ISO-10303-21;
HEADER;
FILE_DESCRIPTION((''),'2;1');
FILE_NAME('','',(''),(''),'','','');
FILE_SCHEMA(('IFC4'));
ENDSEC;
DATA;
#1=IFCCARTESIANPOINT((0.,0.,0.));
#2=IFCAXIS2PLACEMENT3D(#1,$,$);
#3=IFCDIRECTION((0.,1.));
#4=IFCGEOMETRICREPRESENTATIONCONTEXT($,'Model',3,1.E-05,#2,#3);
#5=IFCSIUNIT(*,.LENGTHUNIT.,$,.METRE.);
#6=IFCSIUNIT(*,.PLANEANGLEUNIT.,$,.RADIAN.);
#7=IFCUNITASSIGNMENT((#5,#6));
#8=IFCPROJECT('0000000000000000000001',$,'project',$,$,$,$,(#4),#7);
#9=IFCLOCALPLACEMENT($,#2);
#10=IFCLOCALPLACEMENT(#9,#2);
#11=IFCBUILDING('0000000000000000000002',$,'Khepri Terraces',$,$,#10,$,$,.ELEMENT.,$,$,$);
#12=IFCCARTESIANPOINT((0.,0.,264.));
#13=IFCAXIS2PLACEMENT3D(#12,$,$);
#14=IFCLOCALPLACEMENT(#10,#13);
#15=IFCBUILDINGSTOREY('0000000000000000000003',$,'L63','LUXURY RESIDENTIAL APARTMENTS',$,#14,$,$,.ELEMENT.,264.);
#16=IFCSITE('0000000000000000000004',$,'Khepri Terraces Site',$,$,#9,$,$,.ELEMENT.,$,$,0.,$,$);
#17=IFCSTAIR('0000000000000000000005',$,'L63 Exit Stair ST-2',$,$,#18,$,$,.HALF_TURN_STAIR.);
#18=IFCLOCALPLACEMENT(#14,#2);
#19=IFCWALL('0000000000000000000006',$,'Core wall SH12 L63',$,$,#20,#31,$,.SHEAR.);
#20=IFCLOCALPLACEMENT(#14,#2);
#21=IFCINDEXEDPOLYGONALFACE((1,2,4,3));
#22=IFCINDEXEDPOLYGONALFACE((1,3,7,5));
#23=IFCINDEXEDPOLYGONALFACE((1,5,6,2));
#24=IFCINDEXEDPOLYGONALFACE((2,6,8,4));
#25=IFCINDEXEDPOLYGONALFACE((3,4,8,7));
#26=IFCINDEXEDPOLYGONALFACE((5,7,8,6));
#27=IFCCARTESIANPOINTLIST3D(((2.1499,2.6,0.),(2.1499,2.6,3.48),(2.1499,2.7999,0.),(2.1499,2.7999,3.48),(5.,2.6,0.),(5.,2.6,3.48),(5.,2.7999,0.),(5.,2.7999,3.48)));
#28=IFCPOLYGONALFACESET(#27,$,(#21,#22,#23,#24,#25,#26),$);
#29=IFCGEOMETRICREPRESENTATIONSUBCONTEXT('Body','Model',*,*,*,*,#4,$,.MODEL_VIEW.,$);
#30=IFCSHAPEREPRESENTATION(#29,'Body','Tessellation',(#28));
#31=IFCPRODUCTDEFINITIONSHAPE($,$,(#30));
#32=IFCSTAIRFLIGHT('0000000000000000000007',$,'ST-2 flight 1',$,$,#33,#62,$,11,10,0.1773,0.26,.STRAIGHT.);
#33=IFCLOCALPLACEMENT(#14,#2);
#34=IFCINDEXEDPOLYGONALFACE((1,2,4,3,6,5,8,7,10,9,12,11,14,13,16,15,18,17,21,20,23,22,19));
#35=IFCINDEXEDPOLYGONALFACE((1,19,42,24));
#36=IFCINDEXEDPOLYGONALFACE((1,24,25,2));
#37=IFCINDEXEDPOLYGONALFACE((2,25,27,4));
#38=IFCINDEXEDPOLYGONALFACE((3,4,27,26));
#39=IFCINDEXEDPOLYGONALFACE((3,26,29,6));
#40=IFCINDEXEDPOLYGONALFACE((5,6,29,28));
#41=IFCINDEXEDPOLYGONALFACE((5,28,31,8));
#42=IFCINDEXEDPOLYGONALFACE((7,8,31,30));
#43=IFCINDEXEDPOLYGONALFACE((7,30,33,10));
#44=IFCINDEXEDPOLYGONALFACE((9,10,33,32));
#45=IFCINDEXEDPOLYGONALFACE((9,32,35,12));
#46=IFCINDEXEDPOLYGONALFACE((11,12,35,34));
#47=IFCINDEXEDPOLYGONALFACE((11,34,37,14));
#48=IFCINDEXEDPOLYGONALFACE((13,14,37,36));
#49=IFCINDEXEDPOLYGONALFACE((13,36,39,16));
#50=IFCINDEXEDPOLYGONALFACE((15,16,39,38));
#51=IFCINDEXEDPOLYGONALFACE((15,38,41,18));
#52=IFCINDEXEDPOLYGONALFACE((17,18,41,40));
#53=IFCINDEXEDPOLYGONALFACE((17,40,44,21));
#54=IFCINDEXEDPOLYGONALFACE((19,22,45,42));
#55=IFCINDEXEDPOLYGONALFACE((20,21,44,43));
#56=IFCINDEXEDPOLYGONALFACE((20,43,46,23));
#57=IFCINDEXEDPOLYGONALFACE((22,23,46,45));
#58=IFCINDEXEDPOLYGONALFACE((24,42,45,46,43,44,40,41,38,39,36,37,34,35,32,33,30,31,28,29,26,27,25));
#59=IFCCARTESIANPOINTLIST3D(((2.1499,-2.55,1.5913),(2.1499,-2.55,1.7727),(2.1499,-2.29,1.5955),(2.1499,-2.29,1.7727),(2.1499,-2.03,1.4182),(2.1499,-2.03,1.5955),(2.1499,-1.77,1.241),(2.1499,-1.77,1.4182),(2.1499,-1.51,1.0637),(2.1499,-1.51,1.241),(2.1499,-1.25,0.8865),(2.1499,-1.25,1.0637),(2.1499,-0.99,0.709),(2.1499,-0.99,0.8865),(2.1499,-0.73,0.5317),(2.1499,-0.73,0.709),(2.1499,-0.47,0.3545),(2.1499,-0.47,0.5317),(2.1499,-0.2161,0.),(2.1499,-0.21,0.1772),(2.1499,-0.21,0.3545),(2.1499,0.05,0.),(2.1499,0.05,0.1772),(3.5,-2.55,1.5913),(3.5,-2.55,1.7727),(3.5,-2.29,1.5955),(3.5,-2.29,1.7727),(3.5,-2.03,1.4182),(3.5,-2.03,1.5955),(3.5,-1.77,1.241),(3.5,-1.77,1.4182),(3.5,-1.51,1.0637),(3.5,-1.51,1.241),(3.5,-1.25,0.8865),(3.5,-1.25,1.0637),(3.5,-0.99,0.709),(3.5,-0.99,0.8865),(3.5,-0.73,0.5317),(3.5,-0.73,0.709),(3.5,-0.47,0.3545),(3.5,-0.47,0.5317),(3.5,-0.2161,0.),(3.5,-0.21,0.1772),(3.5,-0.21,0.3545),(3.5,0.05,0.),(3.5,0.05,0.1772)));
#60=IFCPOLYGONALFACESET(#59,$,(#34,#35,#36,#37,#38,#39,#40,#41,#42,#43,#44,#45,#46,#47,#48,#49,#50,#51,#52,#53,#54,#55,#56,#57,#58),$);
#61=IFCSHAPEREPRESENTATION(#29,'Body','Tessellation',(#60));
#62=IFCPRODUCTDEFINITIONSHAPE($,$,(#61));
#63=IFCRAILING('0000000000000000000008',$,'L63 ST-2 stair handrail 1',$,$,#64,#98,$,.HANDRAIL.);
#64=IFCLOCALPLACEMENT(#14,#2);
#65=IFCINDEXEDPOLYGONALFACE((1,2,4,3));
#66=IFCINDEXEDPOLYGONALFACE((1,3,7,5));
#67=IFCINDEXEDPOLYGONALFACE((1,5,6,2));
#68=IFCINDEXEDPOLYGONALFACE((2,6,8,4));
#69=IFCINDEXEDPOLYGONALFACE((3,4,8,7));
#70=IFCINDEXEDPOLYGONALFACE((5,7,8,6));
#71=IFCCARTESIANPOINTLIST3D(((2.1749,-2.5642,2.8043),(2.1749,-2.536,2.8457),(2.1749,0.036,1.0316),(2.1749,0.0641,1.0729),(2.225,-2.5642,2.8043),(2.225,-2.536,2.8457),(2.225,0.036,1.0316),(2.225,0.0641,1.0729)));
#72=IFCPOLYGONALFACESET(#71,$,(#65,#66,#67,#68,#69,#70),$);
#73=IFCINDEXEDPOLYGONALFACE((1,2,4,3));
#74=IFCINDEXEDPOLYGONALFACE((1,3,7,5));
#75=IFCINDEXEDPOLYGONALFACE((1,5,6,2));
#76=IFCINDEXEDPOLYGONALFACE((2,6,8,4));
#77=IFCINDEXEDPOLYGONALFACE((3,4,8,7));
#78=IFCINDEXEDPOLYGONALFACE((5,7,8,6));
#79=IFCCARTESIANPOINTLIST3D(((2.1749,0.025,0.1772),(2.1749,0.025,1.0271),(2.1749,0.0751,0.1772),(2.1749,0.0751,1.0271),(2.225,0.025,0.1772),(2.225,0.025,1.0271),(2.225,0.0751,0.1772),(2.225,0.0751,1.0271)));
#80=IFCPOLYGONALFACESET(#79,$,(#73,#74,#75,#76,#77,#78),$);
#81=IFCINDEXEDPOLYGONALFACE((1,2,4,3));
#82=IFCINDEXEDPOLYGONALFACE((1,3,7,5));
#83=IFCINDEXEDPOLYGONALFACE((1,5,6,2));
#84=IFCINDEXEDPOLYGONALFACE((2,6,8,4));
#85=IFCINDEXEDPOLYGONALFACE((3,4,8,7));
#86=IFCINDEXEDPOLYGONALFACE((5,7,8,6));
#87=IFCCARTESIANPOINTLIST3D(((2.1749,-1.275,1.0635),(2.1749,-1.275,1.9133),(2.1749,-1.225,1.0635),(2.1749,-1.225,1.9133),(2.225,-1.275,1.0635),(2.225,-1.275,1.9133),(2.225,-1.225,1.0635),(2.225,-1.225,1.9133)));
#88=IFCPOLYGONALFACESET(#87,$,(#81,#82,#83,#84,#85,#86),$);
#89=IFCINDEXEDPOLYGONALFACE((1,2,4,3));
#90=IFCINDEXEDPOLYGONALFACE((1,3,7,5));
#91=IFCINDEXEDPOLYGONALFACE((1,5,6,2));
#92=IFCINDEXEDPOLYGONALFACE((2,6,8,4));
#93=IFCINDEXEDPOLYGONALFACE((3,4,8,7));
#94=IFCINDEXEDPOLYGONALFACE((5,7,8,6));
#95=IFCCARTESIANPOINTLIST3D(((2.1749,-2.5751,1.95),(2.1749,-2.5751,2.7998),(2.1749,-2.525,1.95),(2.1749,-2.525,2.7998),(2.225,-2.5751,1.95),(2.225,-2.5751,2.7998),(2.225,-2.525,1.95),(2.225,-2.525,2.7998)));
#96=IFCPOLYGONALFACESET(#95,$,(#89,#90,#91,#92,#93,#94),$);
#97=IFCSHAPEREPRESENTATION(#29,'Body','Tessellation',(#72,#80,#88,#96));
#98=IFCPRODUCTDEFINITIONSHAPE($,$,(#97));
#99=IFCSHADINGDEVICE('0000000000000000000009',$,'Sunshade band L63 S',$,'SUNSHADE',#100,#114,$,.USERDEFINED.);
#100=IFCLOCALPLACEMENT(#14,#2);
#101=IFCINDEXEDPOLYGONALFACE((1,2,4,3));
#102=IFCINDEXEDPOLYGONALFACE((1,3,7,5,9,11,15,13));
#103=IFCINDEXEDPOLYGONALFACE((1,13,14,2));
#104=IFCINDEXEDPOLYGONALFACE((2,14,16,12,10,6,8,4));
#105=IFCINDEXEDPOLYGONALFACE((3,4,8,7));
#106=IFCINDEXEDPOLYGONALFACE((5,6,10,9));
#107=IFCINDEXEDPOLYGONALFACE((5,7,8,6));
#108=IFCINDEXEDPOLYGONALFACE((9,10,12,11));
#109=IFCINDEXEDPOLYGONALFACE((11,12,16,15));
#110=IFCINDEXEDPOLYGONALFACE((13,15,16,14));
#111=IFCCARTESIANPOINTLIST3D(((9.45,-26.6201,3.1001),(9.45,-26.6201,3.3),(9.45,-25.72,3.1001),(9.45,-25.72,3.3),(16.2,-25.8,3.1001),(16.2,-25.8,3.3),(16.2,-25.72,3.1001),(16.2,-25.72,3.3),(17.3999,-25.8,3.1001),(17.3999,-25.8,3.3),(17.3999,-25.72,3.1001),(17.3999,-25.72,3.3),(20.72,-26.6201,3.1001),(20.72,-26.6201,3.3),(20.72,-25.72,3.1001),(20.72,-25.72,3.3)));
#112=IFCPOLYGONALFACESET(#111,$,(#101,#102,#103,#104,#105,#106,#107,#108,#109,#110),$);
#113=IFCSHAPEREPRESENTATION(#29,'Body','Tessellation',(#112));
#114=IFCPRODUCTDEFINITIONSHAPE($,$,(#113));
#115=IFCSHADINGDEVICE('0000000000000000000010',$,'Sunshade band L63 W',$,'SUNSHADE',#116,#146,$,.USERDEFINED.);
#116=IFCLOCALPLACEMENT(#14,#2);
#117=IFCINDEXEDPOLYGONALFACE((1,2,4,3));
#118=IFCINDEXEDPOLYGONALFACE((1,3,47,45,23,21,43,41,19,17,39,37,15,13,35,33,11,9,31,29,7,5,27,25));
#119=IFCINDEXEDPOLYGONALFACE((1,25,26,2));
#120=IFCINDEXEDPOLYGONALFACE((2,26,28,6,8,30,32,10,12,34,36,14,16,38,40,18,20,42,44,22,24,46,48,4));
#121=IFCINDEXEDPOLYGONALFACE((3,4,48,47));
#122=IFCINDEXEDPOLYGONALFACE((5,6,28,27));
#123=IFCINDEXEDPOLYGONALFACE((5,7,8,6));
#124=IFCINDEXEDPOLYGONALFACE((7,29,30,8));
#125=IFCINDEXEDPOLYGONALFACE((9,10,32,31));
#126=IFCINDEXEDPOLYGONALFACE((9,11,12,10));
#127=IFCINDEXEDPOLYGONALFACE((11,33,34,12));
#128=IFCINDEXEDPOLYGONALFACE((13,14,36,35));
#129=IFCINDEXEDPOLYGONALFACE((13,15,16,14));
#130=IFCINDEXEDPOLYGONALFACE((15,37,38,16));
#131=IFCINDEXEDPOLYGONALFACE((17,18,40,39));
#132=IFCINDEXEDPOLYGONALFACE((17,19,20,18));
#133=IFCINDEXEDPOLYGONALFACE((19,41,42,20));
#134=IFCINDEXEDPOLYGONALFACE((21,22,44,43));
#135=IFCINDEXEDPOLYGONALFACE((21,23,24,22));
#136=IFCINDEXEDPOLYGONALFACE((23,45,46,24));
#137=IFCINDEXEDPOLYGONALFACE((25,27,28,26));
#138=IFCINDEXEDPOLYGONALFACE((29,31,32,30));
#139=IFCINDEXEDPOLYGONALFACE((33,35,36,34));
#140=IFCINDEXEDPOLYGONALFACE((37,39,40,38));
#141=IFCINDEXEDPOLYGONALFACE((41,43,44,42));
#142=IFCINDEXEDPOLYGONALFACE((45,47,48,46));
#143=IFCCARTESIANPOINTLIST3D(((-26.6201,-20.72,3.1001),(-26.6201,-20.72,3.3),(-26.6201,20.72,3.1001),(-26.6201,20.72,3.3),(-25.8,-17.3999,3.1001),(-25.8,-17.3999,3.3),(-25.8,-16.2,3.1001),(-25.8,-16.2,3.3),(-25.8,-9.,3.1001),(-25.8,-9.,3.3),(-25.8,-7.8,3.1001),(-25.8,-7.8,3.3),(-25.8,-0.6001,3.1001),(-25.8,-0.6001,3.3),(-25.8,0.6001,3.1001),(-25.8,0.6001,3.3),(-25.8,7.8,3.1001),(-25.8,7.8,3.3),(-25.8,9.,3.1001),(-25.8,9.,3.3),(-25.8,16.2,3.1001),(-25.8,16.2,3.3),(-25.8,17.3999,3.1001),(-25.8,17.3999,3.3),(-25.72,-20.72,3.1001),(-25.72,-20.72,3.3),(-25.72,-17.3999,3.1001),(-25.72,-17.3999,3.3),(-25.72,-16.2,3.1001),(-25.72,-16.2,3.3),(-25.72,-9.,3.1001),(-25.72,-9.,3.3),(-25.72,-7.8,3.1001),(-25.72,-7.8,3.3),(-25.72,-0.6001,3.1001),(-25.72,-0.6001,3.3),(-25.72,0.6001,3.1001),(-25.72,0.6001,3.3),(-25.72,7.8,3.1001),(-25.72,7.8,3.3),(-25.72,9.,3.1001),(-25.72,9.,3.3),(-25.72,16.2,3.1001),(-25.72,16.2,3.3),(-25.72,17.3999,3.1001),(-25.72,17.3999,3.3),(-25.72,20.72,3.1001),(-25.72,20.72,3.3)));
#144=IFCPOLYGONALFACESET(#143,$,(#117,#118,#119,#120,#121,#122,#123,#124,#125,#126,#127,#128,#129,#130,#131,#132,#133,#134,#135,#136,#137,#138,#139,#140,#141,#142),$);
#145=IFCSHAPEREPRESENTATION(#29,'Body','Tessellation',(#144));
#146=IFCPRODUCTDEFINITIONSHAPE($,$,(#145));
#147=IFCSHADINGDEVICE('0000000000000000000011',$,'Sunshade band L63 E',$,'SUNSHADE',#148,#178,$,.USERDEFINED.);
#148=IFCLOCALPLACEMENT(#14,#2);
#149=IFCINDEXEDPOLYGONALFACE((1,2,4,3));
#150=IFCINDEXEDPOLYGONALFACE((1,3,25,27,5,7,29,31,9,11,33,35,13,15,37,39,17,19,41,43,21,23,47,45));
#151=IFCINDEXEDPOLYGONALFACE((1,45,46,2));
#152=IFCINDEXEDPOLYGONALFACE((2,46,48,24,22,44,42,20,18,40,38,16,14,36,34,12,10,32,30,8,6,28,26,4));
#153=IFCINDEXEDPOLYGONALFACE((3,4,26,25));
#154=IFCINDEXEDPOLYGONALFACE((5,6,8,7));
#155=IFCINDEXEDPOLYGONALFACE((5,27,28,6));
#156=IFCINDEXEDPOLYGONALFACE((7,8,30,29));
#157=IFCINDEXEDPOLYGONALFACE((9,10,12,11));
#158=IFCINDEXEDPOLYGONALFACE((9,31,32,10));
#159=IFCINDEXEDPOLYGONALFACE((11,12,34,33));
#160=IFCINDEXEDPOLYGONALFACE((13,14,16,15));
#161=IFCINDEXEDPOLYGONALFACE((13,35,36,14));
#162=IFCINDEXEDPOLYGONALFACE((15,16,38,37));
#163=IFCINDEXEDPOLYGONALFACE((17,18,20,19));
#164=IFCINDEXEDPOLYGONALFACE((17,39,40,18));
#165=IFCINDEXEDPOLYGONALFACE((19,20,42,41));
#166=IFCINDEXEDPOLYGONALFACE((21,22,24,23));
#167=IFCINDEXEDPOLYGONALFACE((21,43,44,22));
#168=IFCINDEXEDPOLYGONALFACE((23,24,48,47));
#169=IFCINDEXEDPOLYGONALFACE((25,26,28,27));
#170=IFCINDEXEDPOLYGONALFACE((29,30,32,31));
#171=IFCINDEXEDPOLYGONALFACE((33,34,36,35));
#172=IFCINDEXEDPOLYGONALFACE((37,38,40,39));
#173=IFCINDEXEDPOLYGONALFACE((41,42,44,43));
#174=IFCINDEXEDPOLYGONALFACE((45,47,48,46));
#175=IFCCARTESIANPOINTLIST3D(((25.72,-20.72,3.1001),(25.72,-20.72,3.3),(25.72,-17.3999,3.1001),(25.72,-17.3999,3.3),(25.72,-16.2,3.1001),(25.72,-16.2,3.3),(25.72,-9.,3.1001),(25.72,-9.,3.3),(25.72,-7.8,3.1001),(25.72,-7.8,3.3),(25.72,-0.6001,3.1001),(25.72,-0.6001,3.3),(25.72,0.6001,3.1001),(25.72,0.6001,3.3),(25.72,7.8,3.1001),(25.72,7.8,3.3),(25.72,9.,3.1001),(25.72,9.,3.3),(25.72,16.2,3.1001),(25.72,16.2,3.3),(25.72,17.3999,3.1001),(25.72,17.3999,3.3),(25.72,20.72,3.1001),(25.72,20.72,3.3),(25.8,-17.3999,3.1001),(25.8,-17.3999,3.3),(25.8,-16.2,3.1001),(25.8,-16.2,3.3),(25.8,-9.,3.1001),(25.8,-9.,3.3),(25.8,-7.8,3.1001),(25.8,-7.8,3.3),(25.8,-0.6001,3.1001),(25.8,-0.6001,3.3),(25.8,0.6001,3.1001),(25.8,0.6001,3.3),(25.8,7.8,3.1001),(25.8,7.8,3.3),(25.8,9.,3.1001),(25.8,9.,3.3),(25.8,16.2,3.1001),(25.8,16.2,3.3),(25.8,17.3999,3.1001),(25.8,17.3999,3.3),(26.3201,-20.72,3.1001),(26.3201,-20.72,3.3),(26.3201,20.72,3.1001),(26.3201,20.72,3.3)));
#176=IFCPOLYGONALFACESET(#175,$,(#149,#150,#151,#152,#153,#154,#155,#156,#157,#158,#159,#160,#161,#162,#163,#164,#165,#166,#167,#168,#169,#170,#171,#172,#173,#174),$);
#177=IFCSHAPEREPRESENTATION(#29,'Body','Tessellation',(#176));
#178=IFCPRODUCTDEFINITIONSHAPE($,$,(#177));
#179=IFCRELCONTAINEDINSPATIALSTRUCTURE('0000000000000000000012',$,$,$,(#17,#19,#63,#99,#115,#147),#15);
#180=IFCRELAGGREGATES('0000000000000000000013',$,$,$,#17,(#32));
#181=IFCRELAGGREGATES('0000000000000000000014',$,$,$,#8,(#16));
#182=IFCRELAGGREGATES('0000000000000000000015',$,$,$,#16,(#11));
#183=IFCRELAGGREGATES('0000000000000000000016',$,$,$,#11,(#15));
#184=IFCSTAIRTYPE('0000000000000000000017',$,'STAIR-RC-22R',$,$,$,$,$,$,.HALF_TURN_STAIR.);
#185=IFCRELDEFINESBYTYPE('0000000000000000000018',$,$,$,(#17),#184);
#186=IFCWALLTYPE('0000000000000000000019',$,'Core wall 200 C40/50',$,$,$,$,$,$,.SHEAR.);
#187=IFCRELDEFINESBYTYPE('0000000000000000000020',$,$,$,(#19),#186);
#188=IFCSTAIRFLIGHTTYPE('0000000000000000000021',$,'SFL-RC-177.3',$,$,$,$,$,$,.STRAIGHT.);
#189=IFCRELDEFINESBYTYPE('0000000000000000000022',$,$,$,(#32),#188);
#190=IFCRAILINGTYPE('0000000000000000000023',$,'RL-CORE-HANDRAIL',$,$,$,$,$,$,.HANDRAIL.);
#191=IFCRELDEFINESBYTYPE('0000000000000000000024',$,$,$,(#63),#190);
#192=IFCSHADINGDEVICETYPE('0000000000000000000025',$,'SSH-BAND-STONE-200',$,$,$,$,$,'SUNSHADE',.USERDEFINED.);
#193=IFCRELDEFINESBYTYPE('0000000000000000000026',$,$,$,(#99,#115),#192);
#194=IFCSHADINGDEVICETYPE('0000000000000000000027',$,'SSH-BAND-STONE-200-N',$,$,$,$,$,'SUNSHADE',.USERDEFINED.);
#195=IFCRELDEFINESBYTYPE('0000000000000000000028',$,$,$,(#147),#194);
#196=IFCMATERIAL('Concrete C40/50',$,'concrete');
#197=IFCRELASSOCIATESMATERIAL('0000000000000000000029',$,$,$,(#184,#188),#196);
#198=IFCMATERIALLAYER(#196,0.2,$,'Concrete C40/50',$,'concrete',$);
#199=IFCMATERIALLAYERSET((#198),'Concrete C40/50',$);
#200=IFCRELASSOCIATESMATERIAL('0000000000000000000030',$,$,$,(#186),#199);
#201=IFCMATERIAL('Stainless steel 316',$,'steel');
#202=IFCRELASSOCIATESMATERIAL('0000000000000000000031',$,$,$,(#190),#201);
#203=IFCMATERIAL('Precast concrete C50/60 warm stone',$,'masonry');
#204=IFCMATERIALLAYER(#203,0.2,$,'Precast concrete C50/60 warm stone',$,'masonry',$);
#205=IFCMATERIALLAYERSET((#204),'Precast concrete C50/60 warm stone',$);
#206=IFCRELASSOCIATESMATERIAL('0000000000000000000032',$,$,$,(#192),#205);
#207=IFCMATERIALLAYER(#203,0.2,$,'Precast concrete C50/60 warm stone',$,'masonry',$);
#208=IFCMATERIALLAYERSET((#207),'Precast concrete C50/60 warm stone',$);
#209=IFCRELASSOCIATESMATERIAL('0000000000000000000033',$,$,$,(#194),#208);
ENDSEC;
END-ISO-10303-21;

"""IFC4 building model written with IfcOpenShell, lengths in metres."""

from ifc_helpers import new_model, si_unit, direction, frame, frame_2d, origin, origin_2d, place, context, subcontext, project, spatial, polyline, rectangle, outline, extrude, material, layer, layer_set, type_object, element, aggregate, save


model = new_model("IFC4")

# Units and contexts
model_context = context("Model", 3, precision=1e-05, world=origin(), true_north=direction((0.0, 1.0)))
body_context = subcontext(model_context, "Body", "Model", "MODEL_VIEW")
ifc_project = project(units=[si_unit("LENGTHUNIT", "METRE"), si_unit("PLANEANGLEUNIT", "RADIAN")], contexts=[model_context])

# Site, building, storey
site_placement = place(None, origin())
site = spatial("IfcSite", under=ifc_project, at=site_placement, Name="Khepri Terraces Site", CompositionType="ELEMENT", RefElevation=0.0)
building_placement = place(site_placement, origin())
building = spatial("IfcBuilding", under=site, at=building_placement, Name="Khepri Terraces", CompositionType="ELEMENT")
storey_placement = place(building_placement, frame((0.0, 0.0, 264.0)))
storey = spatial("IfcBuildingStorey", under=building, at=storey_placement, Name="L63", Description="LUXURY RESIDENTIAL APARTMENTS", CompositionType="ELEMENT", Elevation=264.0)

# Stair
ifc_material_1 = material(Name="Concrete C40/50", Category="concrete")
stair_type = type_object("IfcStairType", Name="STAIR-RC-22R", PredefinedType="HALF_TURN_STAIR", material=ifc_material_1)
stair_1_placement = place(storey_placement, origin())
stair_1 = element("IfcStair", 1, at=stair_1_placement, inside=storey, type_object=stair_type, Name="L63 Exit Stair ST-2", PredefinedType="HALF_TURN_STAIR")

# Shared definitions
ifc_layer_1 = layer(ifc_material_1, 0.2, Name="Concrete C40/50", Category="concrete")
ifc_layer_set_1 = layer_set([ifc_layer_1], Name="Concrete C40/50")
wall_type = type_object("IfcWallType", Name="Core wall 200 C40/50", PredefinedType="SHEAR", material=ifc_layer_set_1)

# Wall
wall_1_placement = place(storey_placement, frame((2.1499, 2.7, 0.0), z_axis=(0.0, 0.0, 1.0), x_axis=(1.0, 0.0, 0.0)))
element("IfcWall", 2, at=wall_1_placement, inside=storey, type_object=wall_type, Name="Core wall SH12 L63", PredefinedType="SHEAR", context=body_context, shape_type="SweptSolid", body=[
    extrude(rectangle(XDim=2.8501, YDim=0.2, at=frame_2d((1.425, 0.0))), origin(), (0.0, 0.0, 1.0), 3.48),
])

# Stair flight
stair_flight_type = type_object("IfcStairFlightType", Name="SFL-RC-177.3", PredefinedType="STRAIGHT", material=ifc_material_1)
stair_flight_placement = place(storey_placement, frame((2.825, 0.05, 0.0), z_axis=(0.0, 0.0, 1.0), x_axis=(0.0, -1.0, 0.0)))
stair_flight = element("IfcStairFlight", 3, at=stair_flight_placement, type_object=stair_flight_type, Name="ST-2 flight 1", NumberOfRisers=11, NumberOfTreads=10, PredefinedType="STRAIGHT", RiserHeight=0.1773, TreadLength=0.26, context=body_context, shape_type="SweptSolid", body=[
    extrude(outline(polyline([(0.0, 0.0), (0.0, 0.1772), (0.26, 0.1772), (0.26, 0.3545), (0.52, 0.3545), (0.52, 0.5317), (0.78, 0.5317), (0.78, 0.709), (1.04, 0.709), (1.04, 0.8865), (1.3, 0.8865), (1.3, 1.0637), (1.5601, 1.0637), (1.5601, 1.241), (1.8201, 1.241), (1.8201, 1.4182), (2.0801, 1.4182), (2.0801, 1.5955), (2.3401, 1.5955), (2.3401, 1.7727), (2.6001, 1.7727), (2.6001, 1.95), (2.6001, 1.5913), (0.2661, 0.0), (0.0, 0.0)])), frame((0.0, 0.675, 0.0), z_axis=(0.0, -1.0, 0.0), x_axis=(1.0, 0.0, 0.0)), (0.0, 0.0, 1.0), 1.3501),
])
aggregate(stair_1, [stair_flight])

# Railing
ifc_material_2 = material(Name="Stainless steel 316", Category="steel")
railing_type = type_object("IfcRailingType", Name="RL-CORE-HANDRAIL", PredefinedType="HANDRAIL", material=ifc_material_2)
railing_placement = place(storey_placement, frame((2.2, 0.05, 0.1772)))
element("IfcRailing", 4, at=railing_placement, inside=storey, type_object=railing_type, Name="L63 ST-2 stair handrail 1", PredefinedType="HANDRAIL", context=body_context, shape_type="SweptSolid", body=[
    extrude(rectangle(XDim=0.05, YDim=0.05, at=origin_2d()), frame((0.0, 0.0, 0.875), z_axis=(0.0, -0.82624, 0.563318), x_axis=(1.0, 0.0, 0.0)), (0.0, 0.0, 1.0), 3.147),
    extrude(rectangle(XDim=0.05, YDim=0.05, at=origin_2d()), origin(), (0.0, 0.0, 1.0), 0.8499),
    extrude(rectangle(XDim=0.05, YDim=0.05, at=origin_2d()), frame((0.0, -1.3, 0.8862)), (0.0, 0.0, 1.0), 0.8499),
    extrude(rectangle(XDim=0.05, YDim=0.05, at=origin_2d()), frame((0.0, -2.6001, 1.7727)), (0.0, 0.0, 1.0), 0.8499),
])

# Shading devices
ifc_material_3 = material(Name="Precast concrete C50/60 warm stone", Category="masonry")
ifc_layer_2 = layer(ifc_material_3, 0.2, Name="Precast concrete C50/60 warm stone", Category="masonry")
ifc_layer_set_2 = layer_set([ifc_layer_2], Name="Precast concrete C50/60 warm stone")
shading_device_type_1 = type_object("IfcShadingDeviceType", Name="SSH-BAND-STONE-200", ElementType="SUNSHADE", PredefinedType="USERDEFINED", material=ifc_layer_set_2)
shading_device_1_placement = place(storey_placement, frame((0.0, 0.0, 3.1001)))
element("IfcShadingDevice", 5, at=shading_device_1_placement, inside=storey, type_object=shading_device_type_1, Name="Sunshade band L63 S", ObjectType="SUNSHADE", PredefinedType="USERDEFINED", context=body_context, shape_type="SweptSolid", body=[
    extrude(outline(polyline([(16.2, -25.72), (9.45, -25.72), (9.45, -26.6201), (20.72, -26.6201), (20.72, -25.72), (17.3999, -25.72), (17.3999, -25.8), (16.2, -25.8), (16.2, -25.72)])), origin(), (0.0, 0.0, 1.0), 0.2),
])
shading_device_2_placement = place(storey_placement, frame((0.0, 0.0, 3.1001)))
element("IfcShadingDevice", 6, at=shading_device_2_placement, inside=storey, type_object=shading_device_type_1, Name="Sunshade band L63 W", ObjectType="SUNSHADE", PredefinedType="USERDEFINED", context=body_context, shape_type="SweptSolid", body=[
    extrude(outline(polyline([(-25.72, 17.3999), (-25.72, 20.72), (-26.6201, 20.72), (-26.6201, -20.72), (-25.72, -20.72), (-25.72, -17.3999), (-25.8, -17.3999), (-25.8, -16.2), (-25.72, -16.2), (-25.72, -9.0), (-25.8, -9.0), (-25.8, -7.8), (-25.72, -7.8), (-25.72, -0.6001), (-25.8, -0.6001), (-25.8, 0.6001), (-25.72, 0.6001), (-25.72, 7.8), (-25.8, 7.8), (-25.8, 9.0), (-25.72, 9.0), (-25.72, 16.2), (-25.8, 16.2), (-25.8, 17.3999), (-25.72, 17.3999)])), origin(), (0.0, 0.0, 1.0), 0.2),
])
ifc_layer_3 = layer(ifc_material_3, 0.2, Name="Precast concrete C50/60 warm stone", Category="masonry")
ifc_layer_set_3 = layer_set([ifc_layer_3], Name="Precast concrete C50/60 warm stone")
shading_device_type_2 = type_object("IfcShadingDeviceType", Name="SSH-BAND-STONE-200-N", ElementType="SUNSHADE", PredefinedType="USERDEFINED", material=ifc_layer_set_3)
shading_device_3_placement = place(storey_placement, frame((0.0, 0.0, 3.1001)))
element("IfcShadingDevice", 7, at=shading_device_3_placement, inside=storey, type_object=shading_device_type_2, Name="Sunshade band L63 E", ObjectType="SUNSHADE", PredefinedType="USERDEFINED", context=body_context, shape_type="SweptSolid", body=[
    extrude(outline(polyline([(25.72, -17.3999), (25.72, -20.72), (26.3201, -20.72), (26.3201, 20.72), (25.72, 20.72), (25.72, 17.3999), (25.8, 17.3999), (25.8, 16.2), (25.72, 16.2), (25.72, 9.0), (25.8, 9.0), (25.8, 7.8), (25.72, 7.8), (25.72, 0.6001), (25.8, 0.6001), (25.8, -0.6001), (25.72, -0.6001), (25.72, -7.8), (25.8, -7.8), (25.8, -9.0), (25.72, -9.0), (25.72, -16.2), (25.8, -16.2), (25.8, -17.3999), (25.72, -17.3999)])), origin(), (0.0, 0.0, 1.0), 0.2),
])

save(model, "model.ifc")
